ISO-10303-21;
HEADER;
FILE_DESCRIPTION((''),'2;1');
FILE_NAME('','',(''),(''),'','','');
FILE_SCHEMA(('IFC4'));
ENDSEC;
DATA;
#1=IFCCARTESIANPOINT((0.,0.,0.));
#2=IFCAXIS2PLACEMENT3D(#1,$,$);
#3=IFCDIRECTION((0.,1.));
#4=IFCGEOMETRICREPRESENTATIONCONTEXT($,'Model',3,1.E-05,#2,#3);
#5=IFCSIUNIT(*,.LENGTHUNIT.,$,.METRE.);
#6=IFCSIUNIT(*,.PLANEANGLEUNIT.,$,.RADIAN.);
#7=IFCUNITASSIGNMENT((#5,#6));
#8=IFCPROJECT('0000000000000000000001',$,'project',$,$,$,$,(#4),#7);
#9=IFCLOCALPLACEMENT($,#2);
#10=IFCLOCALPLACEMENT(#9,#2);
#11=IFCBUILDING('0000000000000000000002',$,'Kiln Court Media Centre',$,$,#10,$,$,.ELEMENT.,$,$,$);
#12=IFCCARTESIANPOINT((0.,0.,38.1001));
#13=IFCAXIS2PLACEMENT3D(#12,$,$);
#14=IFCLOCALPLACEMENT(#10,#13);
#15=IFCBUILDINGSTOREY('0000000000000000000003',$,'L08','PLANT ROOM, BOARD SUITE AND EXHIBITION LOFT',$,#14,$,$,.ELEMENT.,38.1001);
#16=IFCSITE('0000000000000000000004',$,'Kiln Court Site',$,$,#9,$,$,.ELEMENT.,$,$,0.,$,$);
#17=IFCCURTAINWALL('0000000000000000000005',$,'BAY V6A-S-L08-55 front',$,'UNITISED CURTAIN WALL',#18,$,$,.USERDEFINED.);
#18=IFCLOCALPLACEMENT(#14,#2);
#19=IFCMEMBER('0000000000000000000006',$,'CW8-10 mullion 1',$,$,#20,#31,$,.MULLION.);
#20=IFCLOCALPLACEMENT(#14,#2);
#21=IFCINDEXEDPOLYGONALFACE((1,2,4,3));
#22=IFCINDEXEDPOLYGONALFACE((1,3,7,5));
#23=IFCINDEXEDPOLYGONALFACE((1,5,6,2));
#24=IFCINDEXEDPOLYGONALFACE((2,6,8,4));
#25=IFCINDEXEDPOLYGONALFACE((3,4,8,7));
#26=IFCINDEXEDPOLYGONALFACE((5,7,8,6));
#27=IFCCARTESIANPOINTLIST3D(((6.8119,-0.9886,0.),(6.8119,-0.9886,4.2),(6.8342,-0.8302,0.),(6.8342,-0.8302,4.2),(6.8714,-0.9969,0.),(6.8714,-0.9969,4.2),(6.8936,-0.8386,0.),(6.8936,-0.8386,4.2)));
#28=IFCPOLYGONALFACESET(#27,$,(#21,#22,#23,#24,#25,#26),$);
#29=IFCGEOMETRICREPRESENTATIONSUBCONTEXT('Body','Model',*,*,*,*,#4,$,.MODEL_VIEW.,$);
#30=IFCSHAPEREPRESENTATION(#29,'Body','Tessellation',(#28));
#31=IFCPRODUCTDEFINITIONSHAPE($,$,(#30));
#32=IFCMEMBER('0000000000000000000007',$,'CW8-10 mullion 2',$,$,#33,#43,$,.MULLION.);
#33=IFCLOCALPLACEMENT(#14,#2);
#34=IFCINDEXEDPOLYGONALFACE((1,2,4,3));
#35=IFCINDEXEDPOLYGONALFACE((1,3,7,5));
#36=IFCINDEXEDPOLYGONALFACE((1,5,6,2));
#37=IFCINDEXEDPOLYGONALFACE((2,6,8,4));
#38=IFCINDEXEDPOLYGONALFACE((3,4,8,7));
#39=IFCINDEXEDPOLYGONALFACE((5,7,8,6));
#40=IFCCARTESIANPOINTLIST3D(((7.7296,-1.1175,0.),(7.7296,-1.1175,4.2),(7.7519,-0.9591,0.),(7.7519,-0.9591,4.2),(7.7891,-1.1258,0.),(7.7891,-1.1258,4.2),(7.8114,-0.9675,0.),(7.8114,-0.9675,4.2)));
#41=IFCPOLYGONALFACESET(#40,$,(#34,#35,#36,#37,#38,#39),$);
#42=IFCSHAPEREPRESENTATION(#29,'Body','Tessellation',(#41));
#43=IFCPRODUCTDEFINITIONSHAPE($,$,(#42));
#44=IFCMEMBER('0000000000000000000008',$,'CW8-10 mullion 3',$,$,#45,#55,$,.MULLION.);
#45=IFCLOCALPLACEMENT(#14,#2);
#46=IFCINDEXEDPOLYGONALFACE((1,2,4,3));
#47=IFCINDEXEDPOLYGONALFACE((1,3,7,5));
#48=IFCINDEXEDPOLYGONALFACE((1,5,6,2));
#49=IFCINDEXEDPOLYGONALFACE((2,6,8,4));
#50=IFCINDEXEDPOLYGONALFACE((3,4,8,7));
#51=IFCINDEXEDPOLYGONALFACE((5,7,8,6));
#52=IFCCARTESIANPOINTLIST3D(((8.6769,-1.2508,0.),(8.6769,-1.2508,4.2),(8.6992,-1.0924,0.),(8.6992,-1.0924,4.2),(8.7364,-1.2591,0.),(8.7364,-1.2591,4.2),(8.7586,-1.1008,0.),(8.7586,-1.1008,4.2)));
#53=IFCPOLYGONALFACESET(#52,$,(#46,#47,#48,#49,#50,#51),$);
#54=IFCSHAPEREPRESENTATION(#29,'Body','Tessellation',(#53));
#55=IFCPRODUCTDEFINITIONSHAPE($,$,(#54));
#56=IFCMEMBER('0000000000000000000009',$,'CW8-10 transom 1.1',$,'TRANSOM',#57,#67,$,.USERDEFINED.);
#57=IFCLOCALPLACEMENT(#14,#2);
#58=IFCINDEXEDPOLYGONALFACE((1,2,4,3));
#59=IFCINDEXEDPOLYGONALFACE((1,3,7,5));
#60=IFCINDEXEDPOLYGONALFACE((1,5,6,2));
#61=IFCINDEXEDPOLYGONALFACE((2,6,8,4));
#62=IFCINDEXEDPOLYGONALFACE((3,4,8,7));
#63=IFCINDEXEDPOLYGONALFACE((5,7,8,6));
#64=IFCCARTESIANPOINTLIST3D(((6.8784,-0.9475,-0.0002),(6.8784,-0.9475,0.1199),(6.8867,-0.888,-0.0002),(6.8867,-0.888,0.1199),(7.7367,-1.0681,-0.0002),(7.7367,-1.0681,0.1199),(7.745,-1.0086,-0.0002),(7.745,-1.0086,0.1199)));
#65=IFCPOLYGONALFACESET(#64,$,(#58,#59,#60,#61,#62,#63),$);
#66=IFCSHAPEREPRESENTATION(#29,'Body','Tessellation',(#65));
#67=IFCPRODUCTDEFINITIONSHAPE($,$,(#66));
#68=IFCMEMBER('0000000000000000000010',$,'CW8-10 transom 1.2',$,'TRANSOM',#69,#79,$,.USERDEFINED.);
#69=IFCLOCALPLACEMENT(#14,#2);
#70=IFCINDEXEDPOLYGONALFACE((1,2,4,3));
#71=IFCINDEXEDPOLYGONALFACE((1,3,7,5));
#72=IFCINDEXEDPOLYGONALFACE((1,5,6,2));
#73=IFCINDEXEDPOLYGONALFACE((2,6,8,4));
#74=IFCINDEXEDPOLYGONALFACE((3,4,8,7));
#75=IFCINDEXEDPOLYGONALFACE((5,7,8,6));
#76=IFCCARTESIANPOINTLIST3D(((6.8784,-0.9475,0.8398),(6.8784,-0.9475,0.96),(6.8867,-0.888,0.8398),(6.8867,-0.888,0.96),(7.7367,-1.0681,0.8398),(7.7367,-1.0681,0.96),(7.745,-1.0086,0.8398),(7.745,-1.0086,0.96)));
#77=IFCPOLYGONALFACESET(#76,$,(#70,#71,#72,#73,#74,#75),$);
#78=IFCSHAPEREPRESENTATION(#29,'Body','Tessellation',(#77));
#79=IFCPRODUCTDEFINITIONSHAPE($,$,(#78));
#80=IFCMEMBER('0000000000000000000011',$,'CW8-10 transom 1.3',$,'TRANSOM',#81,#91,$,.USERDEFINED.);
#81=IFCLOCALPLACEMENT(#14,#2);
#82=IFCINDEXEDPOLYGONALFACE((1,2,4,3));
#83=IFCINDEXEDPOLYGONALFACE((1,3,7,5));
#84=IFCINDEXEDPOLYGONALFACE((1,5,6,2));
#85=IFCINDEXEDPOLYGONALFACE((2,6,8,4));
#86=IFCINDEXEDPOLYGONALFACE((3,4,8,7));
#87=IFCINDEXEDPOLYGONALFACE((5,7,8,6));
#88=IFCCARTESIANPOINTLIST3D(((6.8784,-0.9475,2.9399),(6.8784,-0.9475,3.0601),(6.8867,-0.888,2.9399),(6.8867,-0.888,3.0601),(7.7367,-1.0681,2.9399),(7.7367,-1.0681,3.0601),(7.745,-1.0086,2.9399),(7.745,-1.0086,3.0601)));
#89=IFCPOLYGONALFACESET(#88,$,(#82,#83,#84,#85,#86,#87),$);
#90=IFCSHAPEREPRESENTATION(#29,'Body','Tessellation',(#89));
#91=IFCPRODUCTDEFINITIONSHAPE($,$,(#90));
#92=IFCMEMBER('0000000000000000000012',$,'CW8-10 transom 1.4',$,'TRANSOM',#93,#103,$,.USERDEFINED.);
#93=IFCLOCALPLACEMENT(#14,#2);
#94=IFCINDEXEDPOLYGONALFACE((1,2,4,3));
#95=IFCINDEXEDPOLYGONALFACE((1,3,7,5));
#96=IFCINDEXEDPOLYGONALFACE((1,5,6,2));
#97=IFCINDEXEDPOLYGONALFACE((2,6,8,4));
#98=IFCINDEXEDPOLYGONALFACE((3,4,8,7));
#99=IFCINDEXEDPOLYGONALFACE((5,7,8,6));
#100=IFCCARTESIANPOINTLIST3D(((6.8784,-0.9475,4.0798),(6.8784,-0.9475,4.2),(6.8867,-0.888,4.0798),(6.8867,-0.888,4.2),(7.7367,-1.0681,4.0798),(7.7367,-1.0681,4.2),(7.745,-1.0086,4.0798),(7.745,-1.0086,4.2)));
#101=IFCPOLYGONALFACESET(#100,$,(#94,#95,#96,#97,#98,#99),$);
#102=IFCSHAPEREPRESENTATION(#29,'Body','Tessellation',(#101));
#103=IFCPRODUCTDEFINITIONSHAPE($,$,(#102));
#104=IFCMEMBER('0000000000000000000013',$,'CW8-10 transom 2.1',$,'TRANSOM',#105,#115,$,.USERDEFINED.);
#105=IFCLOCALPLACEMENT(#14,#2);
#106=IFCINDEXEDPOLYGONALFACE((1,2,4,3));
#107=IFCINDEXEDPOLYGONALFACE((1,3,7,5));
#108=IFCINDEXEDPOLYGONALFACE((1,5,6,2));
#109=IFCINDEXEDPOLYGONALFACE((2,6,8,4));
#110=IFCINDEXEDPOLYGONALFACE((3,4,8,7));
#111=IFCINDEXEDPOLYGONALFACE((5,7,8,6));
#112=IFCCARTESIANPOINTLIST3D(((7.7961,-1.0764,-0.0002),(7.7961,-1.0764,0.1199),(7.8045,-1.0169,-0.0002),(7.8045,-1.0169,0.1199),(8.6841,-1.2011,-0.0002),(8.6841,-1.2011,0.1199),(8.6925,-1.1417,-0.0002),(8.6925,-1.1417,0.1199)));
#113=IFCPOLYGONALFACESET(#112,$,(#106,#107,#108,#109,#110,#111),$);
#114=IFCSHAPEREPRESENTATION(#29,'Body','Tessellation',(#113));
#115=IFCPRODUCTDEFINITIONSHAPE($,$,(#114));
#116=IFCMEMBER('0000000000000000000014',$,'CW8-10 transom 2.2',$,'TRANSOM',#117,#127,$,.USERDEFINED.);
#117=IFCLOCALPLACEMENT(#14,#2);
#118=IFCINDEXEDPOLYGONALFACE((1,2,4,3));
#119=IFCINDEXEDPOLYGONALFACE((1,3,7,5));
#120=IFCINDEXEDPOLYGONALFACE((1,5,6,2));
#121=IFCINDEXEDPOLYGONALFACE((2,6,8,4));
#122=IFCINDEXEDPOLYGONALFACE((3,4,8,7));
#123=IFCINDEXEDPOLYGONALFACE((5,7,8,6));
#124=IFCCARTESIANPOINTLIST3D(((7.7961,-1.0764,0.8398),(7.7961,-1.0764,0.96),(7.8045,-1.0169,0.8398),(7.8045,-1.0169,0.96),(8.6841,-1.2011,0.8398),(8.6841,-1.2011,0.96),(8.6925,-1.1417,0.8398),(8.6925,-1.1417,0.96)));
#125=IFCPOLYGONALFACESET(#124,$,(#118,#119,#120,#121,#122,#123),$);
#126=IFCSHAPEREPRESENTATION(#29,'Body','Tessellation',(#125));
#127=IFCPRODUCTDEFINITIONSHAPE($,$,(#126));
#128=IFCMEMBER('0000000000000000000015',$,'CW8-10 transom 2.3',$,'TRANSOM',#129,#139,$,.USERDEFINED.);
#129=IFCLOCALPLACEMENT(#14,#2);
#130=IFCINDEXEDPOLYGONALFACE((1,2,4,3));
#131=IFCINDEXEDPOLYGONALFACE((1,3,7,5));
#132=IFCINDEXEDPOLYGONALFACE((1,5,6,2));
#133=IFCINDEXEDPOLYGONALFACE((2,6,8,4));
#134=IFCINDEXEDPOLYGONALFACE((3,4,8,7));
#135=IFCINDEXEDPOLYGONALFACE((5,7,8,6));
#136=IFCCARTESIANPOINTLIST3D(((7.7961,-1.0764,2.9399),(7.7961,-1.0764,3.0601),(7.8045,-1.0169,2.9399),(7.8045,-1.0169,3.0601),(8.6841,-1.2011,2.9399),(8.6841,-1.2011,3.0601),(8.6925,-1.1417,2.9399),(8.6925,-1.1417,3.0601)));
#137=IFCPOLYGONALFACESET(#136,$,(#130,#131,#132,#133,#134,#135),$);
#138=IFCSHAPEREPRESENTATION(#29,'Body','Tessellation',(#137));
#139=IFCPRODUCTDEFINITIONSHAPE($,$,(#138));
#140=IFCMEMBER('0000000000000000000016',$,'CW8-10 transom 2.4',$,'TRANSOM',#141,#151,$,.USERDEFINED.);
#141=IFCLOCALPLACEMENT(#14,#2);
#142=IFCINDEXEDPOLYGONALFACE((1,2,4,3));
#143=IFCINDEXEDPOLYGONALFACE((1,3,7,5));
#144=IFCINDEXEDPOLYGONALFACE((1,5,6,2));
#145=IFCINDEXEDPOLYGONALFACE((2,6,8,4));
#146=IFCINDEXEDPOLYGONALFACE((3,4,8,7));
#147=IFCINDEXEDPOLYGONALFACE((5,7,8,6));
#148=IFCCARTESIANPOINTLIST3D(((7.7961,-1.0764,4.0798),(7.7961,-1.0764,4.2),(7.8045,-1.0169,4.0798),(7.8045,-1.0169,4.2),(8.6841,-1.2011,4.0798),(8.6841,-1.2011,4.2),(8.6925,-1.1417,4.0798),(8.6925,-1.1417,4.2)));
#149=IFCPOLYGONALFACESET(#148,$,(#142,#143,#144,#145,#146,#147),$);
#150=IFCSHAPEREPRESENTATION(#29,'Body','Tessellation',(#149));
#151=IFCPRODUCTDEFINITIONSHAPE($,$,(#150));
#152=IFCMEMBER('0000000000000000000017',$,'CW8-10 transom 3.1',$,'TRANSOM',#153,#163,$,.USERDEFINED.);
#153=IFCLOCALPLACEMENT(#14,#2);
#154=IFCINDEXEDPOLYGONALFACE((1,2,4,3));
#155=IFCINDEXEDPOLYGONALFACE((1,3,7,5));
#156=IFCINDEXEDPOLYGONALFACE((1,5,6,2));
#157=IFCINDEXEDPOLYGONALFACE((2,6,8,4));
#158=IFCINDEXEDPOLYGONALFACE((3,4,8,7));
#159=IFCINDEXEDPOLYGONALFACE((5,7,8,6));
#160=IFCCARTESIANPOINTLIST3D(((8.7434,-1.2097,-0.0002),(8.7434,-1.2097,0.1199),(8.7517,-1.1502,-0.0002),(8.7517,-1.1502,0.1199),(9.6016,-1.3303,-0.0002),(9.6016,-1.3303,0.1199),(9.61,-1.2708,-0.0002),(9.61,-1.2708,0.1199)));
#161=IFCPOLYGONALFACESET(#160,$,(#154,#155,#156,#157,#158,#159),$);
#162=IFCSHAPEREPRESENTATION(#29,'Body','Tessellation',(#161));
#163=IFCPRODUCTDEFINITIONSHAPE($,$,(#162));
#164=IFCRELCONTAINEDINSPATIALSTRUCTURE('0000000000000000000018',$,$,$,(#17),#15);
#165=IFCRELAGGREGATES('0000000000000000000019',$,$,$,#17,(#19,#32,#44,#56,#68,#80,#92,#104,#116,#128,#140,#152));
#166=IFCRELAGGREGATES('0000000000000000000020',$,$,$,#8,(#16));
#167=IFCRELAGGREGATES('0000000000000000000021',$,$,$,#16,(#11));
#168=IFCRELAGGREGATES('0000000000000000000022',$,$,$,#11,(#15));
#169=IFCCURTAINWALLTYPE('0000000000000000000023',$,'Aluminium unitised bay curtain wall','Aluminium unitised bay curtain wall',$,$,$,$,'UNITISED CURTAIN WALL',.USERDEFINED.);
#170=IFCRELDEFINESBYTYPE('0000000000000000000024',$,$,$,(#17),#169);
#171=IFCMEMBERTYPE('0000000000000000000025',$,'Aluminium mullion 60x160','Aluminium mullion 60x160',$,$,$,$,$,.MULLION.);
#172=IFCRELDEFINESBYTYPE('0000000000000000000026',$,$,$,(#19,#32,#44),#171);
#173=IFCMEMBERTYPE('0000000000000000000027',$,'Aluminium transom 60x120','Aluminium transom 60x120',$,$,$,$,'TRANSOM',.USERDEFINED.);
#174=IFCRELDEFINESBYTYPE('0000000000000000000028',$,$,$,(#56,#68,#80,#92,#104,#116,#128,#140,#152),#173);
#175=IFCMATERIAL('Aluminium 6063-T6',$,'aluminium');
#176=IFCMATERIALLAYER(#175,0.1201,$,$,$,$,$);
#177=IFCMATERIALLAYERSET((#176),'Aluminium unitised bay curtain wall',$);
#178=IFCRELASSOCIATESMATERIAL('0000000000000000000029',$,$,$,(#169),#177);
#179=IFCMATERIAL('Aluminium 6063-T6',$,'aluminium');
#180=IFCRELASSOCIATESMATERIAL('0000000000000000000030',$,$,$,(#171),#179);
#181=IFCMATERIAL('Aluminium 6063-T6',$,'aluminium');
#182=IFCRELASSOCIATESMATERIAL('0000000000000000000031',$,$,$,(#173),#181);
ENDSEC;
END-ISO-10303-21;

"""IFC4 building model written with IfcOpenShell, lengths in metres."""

from ifc_helpers import new_model, si_unit, direction, frame, origin, origin_2d, place, context, subcontext, project, spatial, rectangle, extrude, material, layer, layer_set, material_profile, profile_set, type_object, element, aggregate, save


model = new_model("IFC4")

# Units and contexts
model_context = context("Model", 3, precision=1e-05, world=origin(), true_north=direction((0.0, 1.0)))
body_context = subcontext(model_context, "Body", "Model", "MODEL_VIEW")
ifc_project = project(units=[si_unit("LENGTHUNIT", "METRE"), si_unit("PLANEANGLEUNIT", "RADIAN")], contexts=[model_context])

# Site, building, storey
site_placement = place(None, origin())
site = spatial("IfcSite", under=ifc_project, at=site_placement, Name="Kiln Court Site", CompositionType="ELEMENT", RefElevation=0.0)
building_placement = place(site_placement, origin())
building = spatial("IfcBuilding", under=site, at=building_placement, Name="Kiln Court Media Centre", CompositionType="ELEMENT")
storey_placement = place(building_placement, frame((0.0, 0.0, 38.1001)))
storey = spatial("IfcBuildingStorey", under=building, at=storey_placement, Name="L08", Description="PLANT ROOM, BOARD SUITE AND EXHIBITION LOFT", CompositionType="ELEMENT", Elevation=38.1001)

# Curtain wall, members
ifc_material_1 = material(Name="Aluminium 6063-T6", Category="aluminium")
ifc_layer_1 = layer(ifc_material_1, 0.1201)
ifc_layer_set_1 = layer_set([ifc_layer_1], Name="Aluminium unitised bay curtain wall")
curtain_wall_type = type_object("IfcCurtainWallType", Name="Aluminium unitised bay curtain wall", Description="Aluminium unitised bay curtain wall", ElementType="UNITISED CURTAIN WALL", PredefinedType="USERDEFINED", material=ifc_layer_set_1)
curtain_wall_placement = place(storey_placement, origin())
curtain_wall = element("IfcCurtainWall", 1, at=curtain_wall_placement, inside=storey, type_object=curtain_wall_type, Name="BAY V6A-S-L08-55 front", ObjectType="UNITISED CURTAIN WALL", PredefinedType="USERDEFINED")
ifc_material_2 = material(Name="Aluminium 6063-T6", Category="aluminium")
ifc_material_profile_1 = material_profile(ifc_material_2, rectangle(XDim=0.0601, YDim=0.1599, at=origin_2d()), Name="Aluminium mullion 60x160")
ifc_profile_set_1 = profile_set([ifc_material_profile_1], Name="Aluminium 6063-T6")
member_type_1 = type_object("IfcMemberType", Name="Aluminium mullion 60x160", Description="Aluminium mullion 60x160", PredefinedType="MULLION", material=ifc_profile_set_1)
member_1_placement = place(storey_placement, frame((6.8528, -0.9136, 0.0), z_axis=(0.0, 0.0, 1.0), x_axis=(0.99027, -0.139162, 0.0)))
member_1 = element("IfcMember", 2, at=member_1_placement, type_object=member_type_1, Name="CW8-10 mullion 1", PredefinedType="MULLION", context=body_context, shape_type="SweptSolid", body=[
    extrude(rectangle(XDim=0.0601, YDim=0.1599, at=origin_2d()), origin(), (0.0, 0.0, 1.0), 4.2),
])
member_2_placement = place(storey_placement, frame((7.7705, -1.0425, 0.0), z_axis=(0.0, 0.0, 1.0), x_axis=(0.99027, -0.139162, 0.0)))
member_2 = element("IfcMember", 3, at=member_2_placement, type_object=member_type_1, Name="CW8-10 mullion 2", PredefinedType="MULLION", context=body_context, shape_type="SweptSolid", body=[
    extrude(rectangle(XDim=0.0601, YDim=0.1599, at=origin_2d()), origin(), (0.0, 0.0, 1.0), 4.2),
])
member_3_placement = place(storey_placement, frame((8.7178, -1.1758, 0.0), z_axis=(0.0, 0.0, 1.0), x_axis=(0.99027, -0.139162, 0.0)))
member_3 = element("IfcMember", 4, at=member_3_placement, type_object=member_type_1, Name="CW8-10 mullion 3", PredefinedType="MULLION", context=body_context, shape_type="SweptSolid", body=[
    extrude(rectangle(XDim=0.0601, YDim=0.1599, at=origin_2d()), origin(), (0.0, 0.0, 1.0), 4.2),
])
ifc_material_3 = material(Name="Aluminium 6063-T6", Category="aluminium")
ifc_material_profile_2 = material_profile(ifc_material_3, rectangle(XDim=0.0601, YDim=0.1201, at=origin_2d()), Name="Aluminium transom 60x120")
ifc_profile_set_2 = profile_set([ifc_material_profile_2], Name="Aluminium 6063-T6")
member_type_2 = type_object("IfcMemberType", Name="Aluminium transom 60x120", Description="Aluminium transom 60x120", ElementType="TRANSOM", PredefinedType="USERDEFINED", material=ifc_profile_set_2)
member_4_placement = place(storey_placement, frame((6.8826, -0.9177, 0.0598), z_axis=(0.990268, -0.139173, 0.0), x_axis=(0.139173, 0.990268, 0.0)))
member_4 = element("IfcMember", 5, at=member_4_placement, type_object=member_type_2, Name="CW8-10 transom 1.1", ObjectType="TRANSOM", PredefinedType="USERDEFINED", context=body_context, shape_type="SweptSolid", body=[
    extrude(rectangle(XDim=0.0601, YDim=0.1201, at=origin_2d()), origin(), (0.0, 0.0, 1.0), 0.8667),
])
member_5_placement = place(storey_placement, frame((6.8826, -0.9177, 0.8999), z_axis=(0.990268, -0.139173, 0.0), x_axis=(0.139173, 0.990268, 0.0)))
member_5 = element("IfcMember", 6, at=member_5_placement, type_object=member_type_2, Name="CW8-10 transom 1.2", ObjectType="TRANSOM", PredefinedType="USERDEFINED", context=body_context, shape_type="SweptSolid", body=[
    extrude(rectangle(XDim=0.0601, YDim=0.1201, at=origin_2d()), origin(), (0.0, 0.0, 1.0), 0.8667),
])
member_6_placement = place(storey_placement, frame((6.8826, -0.9177, 3.0), z_axis=(0.990268, -0.139173, 0.0), x_axis=(0.139173, 0.990268, 0.0)))
member_6 = element("IfcMember", 7, at=member_6_placement, type_object=member_type_2, Name="CW8-10 transom 1.3", ObjectType="TRANSOM", PredefinedType="USERDEFINED", context=body_context, shape_type="SweptSolid", body=[
    extrude(rectangle(XDim=0.0601, YDim=0.1201, at=origin_2d()), origin(), (0.0, 0.0, 1.0), 0.8667),
])
member_7_placement = place(storey_placement, frame((6.8826, -0.9177, 4.1399), z_axis=(0.990268, -0.139173, 0.0), x_axis=(0.139173, 0.990268, 0.0)))
member_7 = element("IfcMember", 8, at=member_7_placement, type_object=member_type_2, Name="CW8-10 transom 1.4", ObjectType="TRANSOM", PredefinedType="USERDEFINED", context=body_context, shape_type="SweptSolid", body=[
    extrude(rectangle(XDim=0.0601, YDim=0.1201, at=origin_2d()), origin(), (0.0, 0.0, 1.0), 0.8667),
])
member_8_placement = place(storey_placement, frame((7.8003, -1.0466, 0.0598), z_axis=(0.990274, -0.139134, 0.0), x_axis=(0.139134, 0.990274, 0.0)))
member_8 = element("IfcMember", 9, at=member_8_placement, type_object=member_type_2, Name="CW8-10 transom 2.1", ObjectType="TRANSOM", PredefinedType="USERDEFINED", context=body_context, shape_type="SweptSolid", body=[
    extrude(rectangle(XDim=0.0601, YDim=0.1201, at=origin_2d()), origin(), (0.0, 0.0, 1.0), 0.8967),
])
member_9_placement = place(storey_placement, frame((7.8003, -1.0466, 0.8999), z_axis=(0.990274, -0.139134, 0.0), x_axis=(0.139134, 0.990274, 0.0)))
member_9 = element("IfcMember", 10, at=member_9_placement, type_object=member_type_2, Name="CW8-10 transom 2.2", ObjectType="TRANSOM", PredefinedType="USERDEFINED", context=body_context, shape_type="SweptSolid", body=[
    extrude(rectangle(XDim=0.0601, YDim=0.1201, at=origin_2d()), origin(), (0.0, 0.0, 1.0), 0.8967),
])
member_10_placement = place(storey_placement, frame((7.8003, -1.0466, 3.0), z_axis=(0.990274, -0.139134, 0.0), x_axis=(0.139134, 0.990274, 0.0)))
member_10 = element("IfcMember", 11, at=member_10_placement, type_object=member_type_2, Name="CW8-10 transom 2.3", ObjectType="TRANSOM", PredefinedType="USERDEFINED", context=body_context, shape_type="SweptSolid", body=[
    extrude(rectangle(XDim=0.0601, YDim=0.1201, at=origin_2d()), origin(), (0.0, 0.0, 1.0), 0.8967),
])
member_11_placement = place(storey_placement, frame((7.8003, -1.0466, 4.1399), z_axis=(0.990274, -0.139134, 0.0), x_axis=(0.139134, 0.990274, 0.0)))
member_11 = element("IfcMember", 12, at=member_11_placement, type_object=member_type_2, Name="CW8-10 transom 2.4", ObjectType="TRANSOM", PredefinedType="USERDEFINED", context=body_context, shape_type="SweptSolid", body=[
    extrude(rectangle(XDim=0.0601, YDim=0.1201, at=origin_2d()), origin(), (0.0, 0.0, 1.0), 0.8967),
])
member_12_placement = place(storey_placement, frame((8.7476, -1.1799, 0.0598), z_axis=(0.990268, -0.139173, 0.0), x_axis=(0.139173, 0.990268, 0.0)))
member_12 = element("IfcMember", 13, at=member_12_placement, type_object=member_type_2, Name="CW8-10 transom 3.1", ObjectType="TRANSOM", PredefinedType="USERDEFINED", context=body_context, shape_type="SweptSolid", body=[
    extrude(rectangle(XDim=0.0601, YDim=0.1201, at=origin_2d()), origin(), (0.0, 0.0, 1.0), 0.8667),
])

aggregate(curtain_wall, [member_1, member_2, member_3, member_4, member_5, member_6, member_7, member_8, member_9, member_10, member_11, member_12])

save(model, "model.ifc")
